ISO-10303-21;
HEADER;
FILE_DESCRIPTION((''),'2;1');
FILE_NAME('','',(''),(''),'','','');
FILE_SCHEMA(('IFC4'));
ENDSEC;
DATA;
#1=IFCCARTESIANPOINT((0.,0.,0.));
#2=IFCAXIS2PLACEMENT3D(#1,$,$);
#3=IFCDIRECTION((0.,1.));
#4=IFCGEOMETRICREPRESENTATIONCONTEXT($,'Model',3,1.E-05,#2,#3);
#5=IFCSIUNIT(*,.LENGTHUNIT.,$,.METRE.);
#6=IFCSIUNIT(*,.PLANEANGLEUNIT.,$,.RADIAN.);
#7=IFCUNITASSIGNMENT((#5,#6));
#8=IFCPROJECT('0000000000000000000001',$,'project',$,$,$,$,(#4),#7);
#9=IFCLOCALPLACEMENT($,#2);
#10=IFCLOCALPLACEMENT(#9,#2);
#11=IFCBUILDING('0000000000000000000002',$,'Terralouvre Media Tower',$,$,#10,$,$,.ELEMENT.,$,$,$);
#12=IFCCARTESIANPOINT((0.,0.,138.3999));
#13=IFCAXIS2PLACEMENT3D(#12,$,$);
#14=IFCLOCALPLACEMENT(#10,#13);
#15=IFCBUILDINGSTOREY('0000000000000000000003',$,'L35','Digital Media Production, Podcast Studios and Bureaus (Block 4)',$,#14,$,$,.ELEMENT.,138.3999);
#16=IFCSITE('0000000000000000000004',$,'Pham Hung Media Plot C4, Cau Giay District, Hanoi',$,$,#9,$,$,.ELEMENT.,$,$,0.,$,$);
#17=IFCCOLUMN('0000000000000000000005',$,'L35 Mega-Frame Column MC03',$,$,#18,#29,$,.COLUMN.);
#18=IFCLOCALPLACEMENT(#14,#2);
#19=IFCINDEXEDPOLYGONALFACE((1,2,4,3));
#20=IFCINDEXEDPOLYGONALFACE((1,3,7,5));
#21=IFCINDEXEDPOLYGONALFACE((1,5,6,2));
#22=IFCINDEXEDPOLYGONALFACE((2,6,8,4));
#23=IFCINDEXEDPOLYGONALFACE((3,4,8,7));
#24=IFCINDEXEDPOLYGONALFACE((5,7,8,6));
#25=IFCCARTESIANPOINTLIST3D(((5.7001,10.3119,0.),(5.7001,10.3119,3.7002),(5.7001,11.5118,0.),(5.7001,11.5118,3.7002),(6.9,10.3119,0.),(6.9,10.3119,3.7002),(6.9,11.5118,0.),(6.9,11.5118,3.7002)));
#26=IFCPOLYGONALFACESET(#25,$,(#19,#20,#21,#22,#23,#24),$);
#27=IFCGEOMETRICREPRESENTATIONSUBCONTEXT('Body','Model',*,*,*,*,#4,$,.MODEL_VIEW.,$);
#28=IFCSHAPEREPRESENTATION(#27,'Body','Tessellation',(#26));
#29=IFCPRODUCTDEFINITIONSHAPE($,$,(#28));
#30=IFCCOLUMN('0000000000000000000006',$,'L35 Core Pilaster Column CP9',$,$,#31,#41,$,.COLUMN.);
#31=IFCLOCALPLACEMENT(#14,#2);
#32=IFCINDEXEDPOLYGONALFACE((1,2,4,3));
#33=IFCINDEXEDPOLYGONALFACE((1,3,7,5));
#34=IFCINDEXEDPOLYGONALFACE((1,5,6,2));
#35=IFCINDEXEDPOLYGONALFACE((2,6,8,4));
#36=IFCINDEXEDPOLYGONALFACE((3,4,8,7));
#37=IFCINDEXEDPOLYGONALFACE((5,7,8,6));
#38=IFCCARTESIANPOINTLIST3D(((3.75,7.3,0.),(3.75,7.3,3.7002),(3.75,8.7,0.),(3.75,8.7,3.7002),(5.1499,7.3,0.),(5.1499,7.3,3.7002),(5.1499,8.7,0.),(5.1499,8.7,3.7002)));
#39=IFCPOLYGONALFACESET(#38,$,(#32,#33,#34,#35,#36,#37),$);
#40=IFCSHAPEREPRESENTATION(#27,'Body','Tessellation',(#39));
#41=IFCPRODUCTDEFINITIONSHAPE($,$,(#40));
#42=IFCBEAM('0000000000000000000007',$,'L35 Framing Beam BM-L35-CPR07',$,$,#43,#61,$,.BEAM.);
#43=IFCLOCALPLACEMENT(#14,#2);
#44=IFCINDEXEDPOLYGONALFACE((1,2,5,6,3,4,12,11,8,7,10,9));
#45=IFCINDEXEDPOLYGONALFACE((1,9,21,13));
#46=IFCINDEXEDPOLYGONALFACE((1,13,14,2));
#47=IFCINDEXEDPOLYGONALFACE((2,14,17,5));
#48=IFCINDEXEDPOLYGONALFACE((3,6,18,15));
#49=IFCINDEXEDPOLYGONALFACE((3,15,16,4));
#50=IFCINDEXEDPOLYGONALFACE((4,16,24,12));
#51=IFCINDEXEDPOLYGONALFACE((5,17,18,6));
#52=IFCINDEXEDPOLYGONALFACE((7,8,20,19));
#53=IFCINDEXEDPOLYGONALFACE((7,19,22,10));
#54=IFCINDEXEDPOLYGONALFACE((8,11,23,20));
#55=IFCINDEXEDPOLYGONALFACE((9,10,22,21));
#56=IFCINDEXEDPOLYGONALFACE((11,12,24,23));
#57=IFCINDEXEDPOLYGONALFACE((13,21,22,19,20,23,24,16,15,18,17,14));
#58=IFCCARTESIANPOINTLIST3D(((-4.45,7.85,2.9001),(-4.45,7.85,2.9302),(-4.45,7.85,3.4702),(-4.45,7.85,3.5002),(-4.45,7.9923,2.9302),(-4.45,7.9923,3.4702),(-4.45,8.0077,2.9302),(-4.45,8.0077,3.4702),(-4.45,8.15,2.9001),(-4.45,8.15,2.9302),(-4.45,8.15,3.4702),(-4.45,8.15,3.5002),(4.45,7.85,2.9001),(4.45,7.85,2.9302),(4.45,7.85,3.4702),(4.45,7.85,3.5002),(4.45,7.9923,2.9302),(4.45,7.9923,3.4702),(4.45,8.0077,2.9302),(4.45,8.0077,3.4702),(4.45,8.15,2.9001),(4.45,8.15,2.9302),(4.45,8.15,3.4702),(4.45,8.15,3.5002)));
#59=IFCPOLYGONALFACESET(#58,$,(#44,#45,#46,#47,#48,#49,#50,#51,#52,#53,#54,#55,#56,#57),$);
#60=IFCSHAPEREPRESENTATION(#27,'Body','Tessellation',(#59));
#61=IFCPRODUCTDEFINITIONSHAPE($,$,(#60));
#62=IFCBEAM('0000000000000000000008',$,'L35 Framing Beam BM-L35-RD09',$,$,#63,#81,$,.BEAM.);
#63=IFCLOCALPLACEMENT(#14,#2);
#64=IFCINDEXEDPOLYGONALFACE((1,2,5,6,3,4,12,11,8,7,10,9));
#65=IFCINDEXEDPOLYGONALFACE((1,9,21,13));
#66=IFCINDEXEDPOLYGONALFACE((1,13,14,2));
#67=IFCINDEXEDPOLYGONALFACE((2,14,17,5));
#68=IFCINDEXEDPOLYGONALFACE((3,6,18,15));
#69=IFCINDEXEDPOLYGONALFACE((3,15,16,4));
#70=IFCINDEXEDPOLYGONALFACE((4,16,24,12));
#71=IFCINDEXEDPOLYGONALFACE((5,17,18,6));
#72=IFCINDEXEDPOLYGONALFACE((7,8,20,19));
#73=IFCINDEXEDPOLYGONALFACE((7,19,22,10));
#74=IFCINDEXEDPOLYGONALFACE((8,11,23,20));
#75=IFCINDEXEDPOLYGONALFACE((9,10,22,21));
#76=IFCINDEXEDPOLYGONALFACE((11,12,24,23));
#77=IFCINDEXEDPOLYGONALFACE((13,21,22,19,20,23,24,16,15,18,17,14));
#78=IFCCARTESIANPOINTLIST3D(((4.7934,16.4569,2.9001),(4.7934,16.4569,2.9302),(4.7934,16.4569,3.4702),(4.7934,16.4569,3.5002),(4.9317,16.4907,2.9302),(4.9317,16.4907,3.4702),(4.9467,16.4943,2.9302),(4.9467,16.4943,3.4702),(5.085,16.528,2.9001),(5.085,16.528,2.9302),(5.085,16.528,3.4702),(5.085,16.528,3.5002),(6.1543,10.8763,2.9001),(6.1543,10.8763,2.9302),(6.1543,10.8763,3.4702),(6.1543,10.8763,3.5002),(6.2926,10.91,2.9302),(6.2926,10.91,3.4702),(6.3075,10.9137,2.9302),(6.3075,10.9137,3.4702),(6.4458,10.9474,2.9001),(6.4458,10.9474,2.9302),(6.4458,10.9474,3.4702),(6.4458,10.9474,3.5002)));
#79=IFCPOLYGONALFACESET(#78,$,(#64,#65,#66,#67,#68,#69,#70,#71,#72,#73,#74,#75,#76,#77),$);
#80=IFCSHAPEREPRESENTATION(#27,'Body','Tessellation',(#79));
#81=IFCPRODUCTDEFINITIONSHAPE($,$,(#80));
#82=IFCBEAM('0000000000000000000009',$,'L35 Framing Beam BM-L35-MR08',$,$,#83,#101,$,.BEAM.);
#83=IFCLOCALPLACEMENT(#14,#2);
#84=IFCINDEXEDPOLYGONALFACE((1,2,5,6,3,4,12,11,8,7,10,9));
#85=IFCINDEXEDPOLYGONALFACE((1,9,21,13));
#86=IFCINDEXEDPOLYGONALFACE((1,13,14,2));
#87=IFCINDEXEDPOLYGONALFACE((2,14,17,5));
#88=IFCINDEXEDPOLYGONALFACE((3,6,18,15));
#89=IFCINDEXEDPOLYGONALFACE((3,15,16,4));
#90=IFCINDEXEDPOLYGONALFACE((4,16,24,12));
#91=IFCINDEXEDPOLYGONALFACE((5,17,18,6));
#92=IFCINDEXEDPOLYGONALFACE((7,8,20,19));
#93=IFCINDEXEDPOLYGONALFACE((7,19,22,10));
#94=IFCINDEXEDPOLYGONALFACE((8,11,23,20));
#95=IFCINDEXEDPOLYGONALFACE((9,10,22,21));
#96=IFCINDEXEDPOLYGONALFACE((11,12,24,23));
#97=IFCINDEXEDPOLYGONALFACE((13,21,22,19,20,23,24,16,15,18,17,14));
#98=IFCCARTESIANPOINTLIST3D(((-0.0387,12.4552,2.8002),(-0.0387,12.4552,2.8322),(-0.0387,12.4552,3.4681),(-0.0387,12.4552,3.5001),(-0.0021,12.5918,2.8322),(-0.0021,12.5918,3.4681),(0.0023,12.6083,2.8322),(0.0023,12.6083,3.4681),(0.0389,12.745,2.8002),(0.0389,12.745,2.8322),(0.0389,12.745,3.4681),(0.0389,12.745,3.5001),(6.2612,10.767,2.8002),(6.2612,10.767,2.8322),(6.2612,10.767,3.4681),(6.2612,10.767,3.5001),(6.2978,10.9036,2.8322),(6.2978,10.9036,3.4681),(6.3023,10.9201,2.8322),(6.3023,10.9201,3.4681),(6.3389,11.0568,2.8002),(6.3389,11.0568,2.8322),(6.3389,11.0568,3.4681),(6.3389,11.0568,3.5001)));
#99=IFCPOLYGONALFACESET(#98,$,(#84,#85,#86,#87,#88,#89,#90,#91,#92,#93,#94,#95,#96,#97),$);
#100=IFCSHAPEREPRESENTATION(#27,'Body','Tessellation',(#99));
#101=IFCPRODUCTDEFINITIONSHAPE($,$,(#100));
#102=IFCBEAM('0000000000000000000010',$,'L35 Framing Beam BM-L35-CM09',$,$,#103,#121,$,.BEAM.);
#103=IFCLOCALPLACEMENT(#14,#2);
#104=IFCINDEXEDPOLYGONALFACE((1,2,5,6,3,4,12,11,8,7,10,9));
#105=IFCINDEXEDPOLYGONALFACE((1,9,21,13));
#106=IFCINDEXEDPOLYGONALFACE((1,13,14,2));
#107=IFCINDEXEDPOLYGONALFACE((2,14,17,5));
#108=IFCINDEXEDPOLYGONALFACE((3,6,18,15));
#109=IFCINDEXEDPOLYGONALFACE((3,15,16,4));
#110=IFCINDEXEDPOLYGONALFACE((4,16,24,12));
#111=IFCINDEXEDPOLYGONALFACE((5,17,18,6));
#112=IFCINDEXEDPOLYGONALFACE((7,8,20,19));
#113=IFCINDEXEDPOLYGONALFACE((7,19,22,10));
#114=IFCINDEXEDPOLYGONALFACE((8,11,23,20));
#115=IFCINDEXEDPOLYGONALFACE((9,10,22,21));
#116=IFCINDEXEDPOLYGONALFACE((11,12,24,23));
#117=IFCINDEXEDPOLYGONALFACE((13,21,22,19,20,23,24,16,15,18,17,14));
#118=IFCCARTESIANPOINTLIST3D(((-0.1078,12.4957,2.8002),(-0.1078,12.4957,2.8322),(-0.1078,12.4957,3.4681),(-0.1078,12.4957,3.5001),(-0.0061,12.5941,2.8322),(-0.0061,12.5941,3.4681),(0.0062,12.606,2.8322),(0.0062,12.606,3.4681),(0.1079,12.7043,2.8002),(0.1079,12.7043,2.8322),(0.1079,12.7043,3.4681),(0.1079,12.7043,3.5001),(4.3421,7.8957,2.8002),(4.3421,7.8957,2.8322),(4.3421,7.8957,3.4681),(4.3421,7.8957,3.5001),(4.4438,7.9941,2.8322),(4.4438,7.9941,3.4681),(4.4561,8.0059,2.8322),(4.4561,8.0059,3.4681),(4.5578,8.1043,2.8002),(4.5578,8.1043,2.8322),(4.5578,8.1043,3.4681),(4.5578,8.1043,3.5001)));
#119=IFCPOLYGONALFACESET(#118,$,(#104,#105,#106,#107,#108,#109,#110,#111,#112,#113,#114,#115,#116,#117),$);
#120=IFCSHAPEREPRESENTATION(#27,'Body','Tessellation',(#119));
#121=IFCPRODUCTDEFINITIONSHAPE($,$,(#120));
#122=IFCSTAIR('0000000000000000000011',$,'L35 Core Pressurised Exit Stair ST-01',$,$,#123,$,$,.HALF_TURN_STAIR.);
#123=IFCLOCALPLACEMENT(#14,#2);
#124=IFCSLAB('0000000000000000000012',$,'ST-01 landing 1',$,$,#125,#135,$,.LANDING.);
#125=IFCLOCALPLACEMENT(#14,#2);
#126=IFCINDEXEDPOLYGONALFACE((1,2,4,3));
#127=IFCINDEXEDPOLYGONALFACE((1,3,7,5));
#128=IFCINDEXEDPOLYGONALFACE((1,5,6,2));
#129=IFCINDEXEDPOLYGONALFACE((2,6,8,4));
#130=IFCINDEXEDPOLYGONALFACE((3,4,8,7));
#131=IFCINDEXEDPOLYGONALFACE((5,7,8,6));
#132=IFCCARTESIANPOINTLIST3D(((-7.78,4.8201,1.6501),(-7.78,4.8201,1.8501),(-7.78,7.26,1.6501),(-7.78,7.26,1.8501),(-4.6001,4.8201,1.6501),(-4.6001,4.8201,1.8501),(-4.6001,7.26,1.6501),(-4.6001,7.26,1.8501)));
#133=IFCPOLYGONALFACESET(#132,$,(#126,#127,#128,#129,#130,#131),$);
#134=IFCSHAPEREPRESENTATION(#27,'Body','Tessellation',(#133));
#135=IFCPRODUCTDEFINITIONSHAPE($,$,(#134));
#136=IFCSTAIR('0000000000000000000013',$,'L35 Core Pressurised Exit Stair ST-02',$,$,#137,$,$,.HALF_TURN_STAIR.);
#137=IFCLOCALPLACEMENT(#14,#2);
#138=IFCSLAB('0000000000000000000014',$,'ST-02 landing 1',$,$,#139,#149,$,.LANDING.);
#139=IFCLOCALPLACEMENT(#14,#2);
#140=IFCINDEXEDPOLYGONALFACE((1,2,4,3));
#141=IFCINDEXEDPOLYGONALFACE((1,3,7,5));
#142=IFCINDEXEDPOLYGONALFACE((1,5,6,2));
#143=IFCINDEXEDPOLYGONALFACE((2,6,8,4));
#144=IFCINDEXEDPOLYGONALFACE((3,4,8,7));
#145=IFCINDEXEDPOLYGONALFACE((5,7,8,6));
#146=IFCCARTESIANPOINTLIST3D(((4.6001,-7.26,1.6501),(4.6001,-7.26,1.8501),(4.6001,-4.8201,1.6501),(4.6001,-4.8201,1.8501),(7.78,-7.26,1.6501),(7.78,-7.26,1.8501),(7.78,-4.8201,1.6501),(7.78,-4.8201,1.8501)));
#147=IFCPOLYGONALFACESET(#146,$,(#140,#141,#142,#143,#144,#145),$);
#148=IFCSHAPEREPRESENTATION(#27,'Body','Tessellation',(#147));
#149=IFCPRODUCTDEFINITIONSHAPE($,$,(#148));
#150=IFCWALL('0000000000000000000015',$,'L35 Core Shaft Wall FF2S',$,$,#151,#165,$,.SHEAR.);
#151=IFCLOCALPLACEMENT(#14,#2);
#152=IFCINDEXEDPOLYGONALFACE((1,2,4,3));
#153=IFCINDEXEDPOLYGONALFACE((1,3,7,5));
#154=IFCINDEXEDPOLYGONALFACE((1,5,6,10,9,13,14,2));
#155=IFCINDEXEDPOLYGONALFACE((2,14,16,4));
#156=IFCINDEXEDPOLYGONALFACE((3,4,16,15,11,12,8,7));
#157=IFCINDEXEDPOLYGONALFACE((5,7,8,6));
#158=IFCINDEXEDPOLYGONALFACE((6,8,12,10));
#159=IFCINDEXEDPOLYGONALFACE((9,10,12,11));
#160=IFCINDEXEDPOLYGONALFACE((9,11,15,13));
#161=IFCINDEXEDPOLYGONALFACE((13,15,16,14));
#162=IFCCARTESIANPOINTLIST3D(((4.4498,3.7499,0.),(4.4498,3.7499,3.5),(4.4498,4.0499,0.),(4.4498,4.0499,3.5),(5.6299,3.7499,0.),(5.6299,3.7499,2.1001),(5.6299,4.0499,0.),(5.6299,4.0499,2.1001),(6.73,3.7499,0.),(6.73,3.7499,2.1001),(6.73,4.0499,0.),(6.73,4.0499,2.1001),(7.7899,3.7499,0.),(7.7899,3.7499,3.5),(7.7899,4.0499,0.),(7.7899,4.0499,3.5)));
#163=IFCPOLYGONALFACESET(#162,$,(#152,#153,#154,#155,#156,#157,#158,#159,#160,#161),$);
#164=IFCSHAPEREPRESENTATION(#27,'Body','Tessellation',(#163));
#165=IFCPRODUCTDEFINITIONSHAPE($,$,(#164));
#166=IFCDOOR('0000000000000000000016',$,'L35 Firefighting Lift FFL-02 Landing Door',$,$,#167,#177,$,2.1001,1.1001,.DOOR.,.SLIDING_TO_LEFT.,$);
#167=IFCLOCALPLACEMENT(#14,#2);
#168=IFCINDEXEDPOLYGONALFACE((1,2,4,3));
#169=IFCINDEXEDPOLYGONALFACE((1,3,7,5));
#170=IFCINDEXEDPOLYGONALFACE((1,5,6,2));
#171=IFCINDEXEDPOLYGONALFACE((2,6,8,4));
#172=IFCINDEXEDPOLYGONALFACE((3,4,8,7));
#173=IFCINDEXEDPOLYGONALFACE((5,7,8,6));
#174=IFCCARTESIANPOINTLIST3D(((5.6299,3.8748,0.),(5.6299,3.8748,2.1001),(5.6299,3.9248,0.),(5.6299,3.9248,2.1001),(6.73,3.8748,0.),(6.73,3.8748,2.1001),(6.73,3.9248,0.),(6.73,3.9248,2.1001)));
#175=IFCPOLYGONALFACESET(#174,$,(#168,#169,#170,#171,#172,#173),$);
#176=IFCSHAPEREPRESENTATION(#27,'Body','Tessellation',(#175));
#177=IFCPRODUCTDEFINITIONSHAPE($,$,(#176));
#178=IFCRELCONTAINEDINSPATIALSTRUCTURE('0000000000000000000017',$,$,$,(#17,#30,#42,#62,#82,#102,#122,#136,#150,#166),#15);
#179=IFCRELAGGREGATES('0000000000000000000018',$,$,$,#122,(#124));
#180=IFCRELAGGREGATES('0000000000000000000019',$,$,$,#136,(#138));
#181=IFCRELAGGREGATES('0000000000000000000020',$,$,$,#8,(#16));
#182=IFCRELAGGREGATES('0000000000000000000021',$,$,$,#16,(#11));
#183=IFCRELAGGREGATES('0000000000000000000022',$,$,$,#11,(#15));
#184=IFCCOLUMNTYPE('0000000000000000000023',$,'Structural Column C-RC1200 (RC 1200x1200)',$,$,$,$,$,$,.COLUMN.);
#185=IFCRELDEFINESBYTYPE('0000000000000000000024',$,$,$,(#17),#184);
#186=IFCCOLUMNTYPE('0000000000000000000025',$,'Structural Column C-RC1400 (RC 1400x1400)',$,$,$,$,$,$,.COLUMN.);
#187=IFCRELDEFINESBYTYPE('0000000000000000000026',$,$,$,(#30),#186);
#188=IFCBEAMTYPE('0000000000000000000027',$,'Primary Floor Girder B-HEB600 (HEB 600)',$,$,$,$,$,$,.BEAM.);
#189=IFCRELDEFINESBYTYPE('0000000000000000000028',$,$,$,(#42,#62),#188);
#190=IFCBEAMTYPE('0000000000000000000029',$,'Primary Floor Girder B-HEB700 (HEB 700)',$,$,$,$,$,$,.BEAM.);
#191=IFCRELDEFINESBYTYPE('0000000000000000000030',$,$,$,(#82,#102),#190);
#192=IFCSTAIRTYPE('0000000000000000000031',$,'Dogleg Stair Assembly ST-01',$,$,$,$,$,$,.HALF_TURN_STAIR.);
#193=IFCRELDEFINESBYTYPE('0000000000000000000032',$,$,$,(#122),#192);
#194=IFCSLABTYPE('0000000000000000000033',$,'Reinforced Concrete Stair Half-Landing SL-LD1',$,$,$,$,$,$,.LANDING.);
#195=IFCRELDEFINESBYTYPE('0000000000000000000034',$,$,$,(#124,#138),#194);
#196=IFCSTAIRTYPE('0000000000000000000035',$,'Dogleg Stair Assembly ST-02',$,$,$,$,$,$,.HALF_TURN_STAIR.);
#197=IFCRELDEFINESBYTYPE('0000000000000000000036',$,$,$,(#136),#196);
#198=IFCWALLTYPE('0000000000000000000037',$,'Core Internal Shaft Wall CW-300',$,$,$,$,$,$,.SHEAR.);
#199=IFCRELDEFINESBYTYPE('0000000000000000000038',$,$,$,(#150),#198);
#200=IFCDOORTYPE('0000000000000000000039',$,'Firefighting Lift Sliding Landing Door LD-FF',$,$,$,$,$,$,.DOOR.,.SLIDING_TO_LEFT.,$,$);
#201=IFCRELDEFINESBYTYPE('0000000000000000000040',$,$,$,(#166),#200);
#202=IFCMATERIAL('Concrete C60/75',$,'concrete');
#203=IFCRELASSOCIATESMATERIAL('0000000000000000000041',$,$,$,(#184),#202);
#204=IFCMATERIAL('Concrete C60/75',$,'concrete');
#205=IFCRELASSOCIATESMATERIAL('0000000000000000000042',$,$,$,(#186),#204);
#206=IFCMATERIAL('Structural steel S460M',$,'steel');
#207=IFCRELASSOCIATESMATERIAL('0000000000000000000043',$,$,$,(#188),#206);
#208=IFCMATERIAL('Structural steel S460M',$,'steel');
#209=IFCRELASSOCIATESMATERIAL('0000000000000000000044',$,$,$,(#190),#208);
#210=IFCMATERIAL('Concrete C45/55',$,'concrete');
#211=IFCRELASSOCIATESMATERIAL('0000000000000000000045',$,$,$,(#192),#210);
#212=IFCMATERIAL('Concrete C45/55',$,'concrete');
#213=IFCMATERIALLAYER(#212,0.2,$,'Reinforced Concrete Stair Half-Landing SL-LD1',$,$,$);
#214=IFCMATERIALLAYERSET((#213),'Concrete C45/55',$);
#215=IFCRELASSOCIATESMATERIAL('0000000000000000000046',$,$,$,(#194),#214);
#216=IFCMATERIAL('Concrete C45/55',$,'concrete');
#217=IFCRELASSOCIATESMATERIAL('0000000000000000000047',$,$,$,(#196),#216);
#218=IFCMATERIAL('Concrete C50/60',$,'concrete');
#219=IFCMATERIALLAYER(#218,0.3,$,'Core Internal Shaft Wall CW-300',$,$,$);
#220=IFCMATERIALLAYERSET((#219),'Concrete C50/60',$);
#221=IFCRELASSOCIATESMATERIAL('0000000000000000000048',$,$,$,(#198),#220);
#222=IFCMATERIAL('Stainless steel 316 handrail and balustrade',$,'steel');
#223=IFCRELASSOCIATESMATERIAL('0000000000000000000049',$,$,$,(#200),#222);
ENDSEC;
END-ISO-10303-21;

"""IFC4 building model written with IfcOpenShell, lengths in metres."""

from ifc_helpers import new_model, si_unit, direction, frame, frame_2d, origin, origin_2d, place, context, subcontext, project, spatial, polyline, rectangle, i_section, outline, extrude, material, layer, layer_set, material_profile, profile_set, type_object, element, fill, aggregate, save


model = new_model("IFC4")

# Units and contexts
model_context = context("Model", 3, precision=1e-05, world=origin(), true_north=direction((0.0, 1.0)))
body_context = subcontext(model_context, "Body", "Model", "MODEL_VIEW")
ifc_project = project(units=[si_unit("LENGTHUNIT", "METRE"), si_unit("PLANEANGLEUNIT", "RADIAN")], contexts=[model_context])

# Site, building, storey
site_placement = place(None, origin())
site = spatial("IfcSite", under=ifc_project, at=site_placement, Name="Pham Hung Media Plot C4, Cau Giay District, Hanoi", CompositionType="ELEMENT", RefElevation=0.0)
building_placement = place(site_placement, origin())
building = spatial("IfcBuilding", under=site, at=building_placement, Name="Terralouvre Media Tower", CompositionType="ELEMENT")
storey_placement = place(building_placement, frame((0.0, 0.0, 138.3999)))
storey = spatial("IfcBuildingStorey", under=building, at=storey_placement, Name="L35", Description="Digital Media Production, Podcast Studios and Bureaus (Block 4)", CompositionType="ELEMENT", Elevation=138.3999)

# Columns
ifc_material_1 = material(Name="Concrete C60/75", Category="concrete")
ifc_material_profile_1 = material_profile(ifc_material_1, rectangle(XDim=1.2, YDim=1.2, at=origin_2d()), Name="RC 1200x1200")
ifc_profile_set_1 = profile_set([ifc_material_profile_1], Name="Concrete C60/75")
column_type_1 = type_object("IfcColumnType", Name="Structural Column C-RC1200 (RC 1200x1200)", PredefinedType="COLUMN", material=ifc_profile_set_1)
column_1_placement = place(storey_placement, frame((6.3, 10.9119, 0.0), z_axis=(0.0, 0.0, 1.0), x_axis=(1.0, 0.0, 0.0)))
element("IfcColumn", 1, at=column_1_placement, inside=storey, type_object=column_type_1, Name="L35 Mega-Frame Column MC03", PredefinedType="COLUMN", context=body_context, shape_type="SweptSolid", body=[
    extrude(rectangle(XDim=1.2, YDim=1.2, at=origin_2d()), origin(), (0.0, 0.0, 1.0), 3.7002),
])
ifc_material_2 = material(Name="Concrete C60/75", Category="concrete")
ifc_material_profile_2 = material_profile(ifc_material_2, rectangle(XDim=1.3999, YDim=1.3999, at=origin_2d()), Name="RC 1400x1400")
ifc_profile_set_2 = profile_set([ifc_material_profile_2], Name="Concrete C60/75")
column_type_2 = type_object("IfcColumnType", Name="Structural Column C-RC1400 (RC 1400x1400)", PredefinedType="COLUMN", material=ifc_profile_set_2)
column_2_placement = place(storey_placement, frame((4.45, 8.0, 0.0), z_axis=(0.0, 0.0, 1.0), x_axis=(1.0, 0.0, 0.0)))
element("IfcColumn", 2, at=column_2_placement, inside=storey, type_object=column_type_2, Name="L35 Core Pilaster Column CP9", PredefinedType="COLUMN", context=body_context, shape_type="SweptSolid", body=[
    extrude(rectangle(XDim=1.3999, YDim=1.3999, at=origin_2d()), origin(), (0.0, 0.0, 1.0), 3.7002),
])

# Beams
ifc_material_3 = material(Name="Structural steel S460M", Category="steel")
ifc_material_profile_3 = material_profile(ifc_material_3, i_section(OverallWidth=0.3, OverallDepth=0.6001, WebThickness=0.0154, FlangeThickness=0.03, at=origin_2d()), Name="HEB 600")
ifc_profile_set_3 = profile_set([ifc_material_profile_3], Name="Structural steel S460M")
beam_type_1 = type_object("IfcBeamType", Name="Primary Floor Girder B-HEB600 (HEB 600)", PredefinedType="BEAM", material=ifc_profile_set_3)
beam_1_placement = place(storey_placement, frame((4.45, 8.0, 3.2002), z_axis=(-1.0, 0.0, 0.0), x_axis=(0.0, -1.0, 0.0)))
element("IfcBeam", 3, at=beam_1_placement, inside=storey, type_object=beam_type_1, Name="L35 Framing Beam BM-L35-CPR07", PredefinedType="BEAM", context=body_context, shape_type="SweptSolid", body=[
    extrude(i_section(OverallWidth=0.3, OverallDepth=0.6001, WebThickness=0.0154, FlangeThickness=0.03, at=origin_2d()), origin(), (0.0, 0.0, 1.0), 8.8999),
])
beam_2_placement = place(storey_placement, frame((6.3, 10.9119, 3.2002), z_axis=(-0.236911, 0.971531, 0.0), x_axis=(-0.971531, -0.236911, 0.0)))
element("IfcBeam", 4, at=beam_2_placement, inside=storey, type_object=beam_type_1, Name="L35 Framing Beam BM-L35-RD09", PredefinedType="BEAM", context=body_context, shape_type="SweptSolid", body=[
    extrude(i_section(OverallWidth=0.3, OverallDepth=0.6001, WebThickness=0.0154, FlangeThickness=0.03, at=origin_2d()), origin(), (0.0, 0.0, 1.0), 5.7441),
])
ifc_material_4 = material(Name="Structural steel S460M", Category="steel")
ifc_material_profile_4 = material_profile(ifc_material_4, i_section(OverallWidth=0.3, OverallDepth=0.7, WebThickness=0.0171, FlangeThickness=0.032, at=origin_2d()), Name="HEB 700")
ifc_profile_set_4 = profile_set([ifc_material_profile_4], Name="Structural steel S460M")
beam_type_2 = type_object("IfcBeamType", Name="Primary Floor Girder B-HEB700 (HEB 700)", PredefinedType="BEAM", material=ifc_profile_set_4)
beam_3_placement = place(storey_placement, frame((6.3, 10.9119, 3.1501), z_axis=(-0.96592, 0.258839, 0.0), x_axis=(-0.258839, -0.96592, 0.0)))
element("IfcBeam", 5, at=beam_3_placement, inside=storey, type_object=beam_type_2, Name="L35 Framing Beam BM-L35-MR08", PredefinedType="BEAM", context=body_context, shape_type="SweptSolid", body=[
    extrude(i_section(OverallWidth=0.3, OverallDepth=0.7, WebThickness=0.0171, FlangeThickness=0.032, at=origin_2d()), origin(), (0.0, 0.0, 1.0), 6.5222),
])
beam_4_placement = place(storey_placement, frame((4.45, 8.0, 3.1501), z_axis=(-0.69528, 0.718739, 0.0), x_axis=(-0.718739, -0.69528, 0.0)))
element("IfcBeam", 6, at=beam_4_placement, inside=storey, type_object=beam_type_2, Name="L35 Framing Beam BM-L35-CM09", PredefinedType="BEAM", context=body_context, shape_type="SweptSolid", body=[
    extrude(i_section(OverallWidth=0.3, OverallDepth=0.7, WebThickness=0.0171, FlangeThickness=0.032, at=origin_2d()), origin(), (0.0, 0.0, 1.0), 6.4001),
])

# Stairs, slabs
ifc_material_5 = material(Name="Concrete C45/55", Category="concrete")
stair_type_1 = type_object("IfcStairType", Name="Dogleg Stair Assembly ST-01", PredefinedType="HALF_TURN_STAIR", material=ifc_material_5)
stair_1_placement = place(storey_placement, origin())
stair_1 = element("IfcStair", 7, at=stair_1_placement, inside=storey, type_object=stair_type_1, Name="L35 Core Pressurised Exit Stair ST-01", PredefinedType="HALF_TURN_STAIR")
ifc_material_6 = material(Name="Concrete C45/55", Category="concrete")
ifc_layer_1 = layer(ifc_material_6, 0.2, Name="Reinforced Concrete Stair Half-Landing SL-LD1")
ifc_layer_set_1 = layer_set([ifc_layer_1], Name="Concrete C45/55")
slab_type = type_object("IfcSlabType", Name="Reinforced Concrete Stair Half-Landing SL-LD1", PredefinedType="LANDING", material=ifc_layer_set_1)
slab_1_placement = place(storey_placement, frame((0.0, 0.0, 1.6501)))
slab_1 = element("IfcSlab", 8, at=slab_1_placement, type_object=slab_type, Name="ST-01 landing 1", PredefinedType="LANDING", context=body_context, shape_type="SweptSolid", body=[
    extrude(outline(polyline([(-4.6001, 4.8201), (-4.6001, 7.26), (-7.78, 7.26), (-7.78, 4.8201), (-4.6001, 4.8201)])), origin(), (0.0, 0.0, 1.0), 0.2),
])
aggregate(stair_1, [slab_1])
ifc_material_7 = material(Name="Concrete C45/55", Category="concrete")
stair_type_2 = type_object("IfcStairType", Name="Dogleg Stair Assembly ST-02", PredefinedType="HALF_TURN_STAIR", material=ifc_material_7)
stair_2_placement = place(storey_placement, origin())
stair_2 = element("IfcStair", 9, at=stair_2_placement, inside=storey, type_object=stair_type_2, Name="L35 Core Pressurised Exit Stair ST-02", PredefinedType="HALF_TURN_STAIR")
slab_2_placement = place(storey_placement, frame((0.0, 0.0, 1.6501)))
slab_2 = element("IfcSlab", 10, at=slab_2_placement, type_object=slab_type, Name="ST-02 landing 1", PredefinedType="LANDING", context=body_context, shape_type="SweptSolid", body=[
    extrude(outline(polyline([(4.6001, -4.8201), (4.6001, -7.26), (7.78, -7.26), (7.78, -4.8201), (4.6001, -4.8201)])), origin(), (0.0, 0.0, 1.0), 0.2),
])
aggregate(stair_2, [slab_2])

# Wall, opening, door
ifc_material_8 = material(Name="Concrete C50/60", Category="concrete")
ifc_layer_2 = layer(ifc_material_8, 0.3, Name="Core Internal Shaft Wall CW-300")
ifc_layer_set_2 = layer_set([ifc_layer_2], Name="Concrete C50/60")
wall_type_1 = type_object("IfcWallType", Name="Core Internal Shaft Wall CW-300", PredefinedType="SHEAR", material=ifc_layer_set_2)
wall_1_placement = place(storey_placement, frame((4.45, 3.8999, 0.0), z_axis=(0.0, 0.0, 1.0), x_axis=(1.0, 0.0, 0.0)))
wall_1 = element("IfcWall", 11, at=wall_1_placement, inside=storey, type_object=wall_type_1, Name="L35 Core Shaft Wall FF2S", PredefinedType="SHEAR", context=body_context, shape_type="SweptSolid", body=[
    extrude(rectangle(XDim=3.3401, YDim=0.3, at=frame_2d((1.6699, 0.0))), origin(), (0.0, 0.0, 1.0), 3.5),
])
opening_1_placement = place(wall_1_placement, frame((1.1799, 0.0, 0.0)))
opening_1 = element("IfcOpeningElement", 12, at=opening_1_placement, cuts=wall_1, PredefinedType="OPENING", context=body_context, shape_type="SweptSolid", body=[
    extrude(rectangle(XDim=1.1001, YDim=2.1001, at=frame_2d((0.55, 1.05))), frame((0.0, 0.1599, 0.0), z_axis=(0.0, -1.0, 0.0), x_axis=(1.0, 0.0, 0.0)), (0.0, 0.0, 1.0), 0.3201),
])
ifc_material_9 = material(Name="Stainless steel 316 handrail and balustrade", Category="steel")
door_type_1 = type_object("IfcDoorType", Name="Firefighting Lift Sliding Landing Door LD-FF", OperationType="SLIDING_TO_LEFT", PredefinedType="DOOR", material=ifc_material_9)
door_1_placement = place(opening_1_placement, origin())
door_1 = element("IfcDoor", 13, at=door_1_placement, inside=storey, type_object=door_type_1, Name="L35 Firefighting Lift FFL-02 Landing Door", OperationType="SLIDING_TO_LEFT", OverallHeight=2.1001, OverallWidth=1.1001, PredefinedType="DOOR", context=body_context, shape_type="SweptSolid", body=[
    extrude(rectangle(XDim=1.1001, YDim=2.1001, at=frame_2d((0.55, 1.05))), frame((0.0, 0.0249, 0.0), z_axis=(0.0, -1.0, 0.0), x_axis=(1.0, 0.0, 0.0)), (0.0, 0.0, 1.0), 0.05),
])
fill(opening_1, door_1)

save(model, "model.ifc")
